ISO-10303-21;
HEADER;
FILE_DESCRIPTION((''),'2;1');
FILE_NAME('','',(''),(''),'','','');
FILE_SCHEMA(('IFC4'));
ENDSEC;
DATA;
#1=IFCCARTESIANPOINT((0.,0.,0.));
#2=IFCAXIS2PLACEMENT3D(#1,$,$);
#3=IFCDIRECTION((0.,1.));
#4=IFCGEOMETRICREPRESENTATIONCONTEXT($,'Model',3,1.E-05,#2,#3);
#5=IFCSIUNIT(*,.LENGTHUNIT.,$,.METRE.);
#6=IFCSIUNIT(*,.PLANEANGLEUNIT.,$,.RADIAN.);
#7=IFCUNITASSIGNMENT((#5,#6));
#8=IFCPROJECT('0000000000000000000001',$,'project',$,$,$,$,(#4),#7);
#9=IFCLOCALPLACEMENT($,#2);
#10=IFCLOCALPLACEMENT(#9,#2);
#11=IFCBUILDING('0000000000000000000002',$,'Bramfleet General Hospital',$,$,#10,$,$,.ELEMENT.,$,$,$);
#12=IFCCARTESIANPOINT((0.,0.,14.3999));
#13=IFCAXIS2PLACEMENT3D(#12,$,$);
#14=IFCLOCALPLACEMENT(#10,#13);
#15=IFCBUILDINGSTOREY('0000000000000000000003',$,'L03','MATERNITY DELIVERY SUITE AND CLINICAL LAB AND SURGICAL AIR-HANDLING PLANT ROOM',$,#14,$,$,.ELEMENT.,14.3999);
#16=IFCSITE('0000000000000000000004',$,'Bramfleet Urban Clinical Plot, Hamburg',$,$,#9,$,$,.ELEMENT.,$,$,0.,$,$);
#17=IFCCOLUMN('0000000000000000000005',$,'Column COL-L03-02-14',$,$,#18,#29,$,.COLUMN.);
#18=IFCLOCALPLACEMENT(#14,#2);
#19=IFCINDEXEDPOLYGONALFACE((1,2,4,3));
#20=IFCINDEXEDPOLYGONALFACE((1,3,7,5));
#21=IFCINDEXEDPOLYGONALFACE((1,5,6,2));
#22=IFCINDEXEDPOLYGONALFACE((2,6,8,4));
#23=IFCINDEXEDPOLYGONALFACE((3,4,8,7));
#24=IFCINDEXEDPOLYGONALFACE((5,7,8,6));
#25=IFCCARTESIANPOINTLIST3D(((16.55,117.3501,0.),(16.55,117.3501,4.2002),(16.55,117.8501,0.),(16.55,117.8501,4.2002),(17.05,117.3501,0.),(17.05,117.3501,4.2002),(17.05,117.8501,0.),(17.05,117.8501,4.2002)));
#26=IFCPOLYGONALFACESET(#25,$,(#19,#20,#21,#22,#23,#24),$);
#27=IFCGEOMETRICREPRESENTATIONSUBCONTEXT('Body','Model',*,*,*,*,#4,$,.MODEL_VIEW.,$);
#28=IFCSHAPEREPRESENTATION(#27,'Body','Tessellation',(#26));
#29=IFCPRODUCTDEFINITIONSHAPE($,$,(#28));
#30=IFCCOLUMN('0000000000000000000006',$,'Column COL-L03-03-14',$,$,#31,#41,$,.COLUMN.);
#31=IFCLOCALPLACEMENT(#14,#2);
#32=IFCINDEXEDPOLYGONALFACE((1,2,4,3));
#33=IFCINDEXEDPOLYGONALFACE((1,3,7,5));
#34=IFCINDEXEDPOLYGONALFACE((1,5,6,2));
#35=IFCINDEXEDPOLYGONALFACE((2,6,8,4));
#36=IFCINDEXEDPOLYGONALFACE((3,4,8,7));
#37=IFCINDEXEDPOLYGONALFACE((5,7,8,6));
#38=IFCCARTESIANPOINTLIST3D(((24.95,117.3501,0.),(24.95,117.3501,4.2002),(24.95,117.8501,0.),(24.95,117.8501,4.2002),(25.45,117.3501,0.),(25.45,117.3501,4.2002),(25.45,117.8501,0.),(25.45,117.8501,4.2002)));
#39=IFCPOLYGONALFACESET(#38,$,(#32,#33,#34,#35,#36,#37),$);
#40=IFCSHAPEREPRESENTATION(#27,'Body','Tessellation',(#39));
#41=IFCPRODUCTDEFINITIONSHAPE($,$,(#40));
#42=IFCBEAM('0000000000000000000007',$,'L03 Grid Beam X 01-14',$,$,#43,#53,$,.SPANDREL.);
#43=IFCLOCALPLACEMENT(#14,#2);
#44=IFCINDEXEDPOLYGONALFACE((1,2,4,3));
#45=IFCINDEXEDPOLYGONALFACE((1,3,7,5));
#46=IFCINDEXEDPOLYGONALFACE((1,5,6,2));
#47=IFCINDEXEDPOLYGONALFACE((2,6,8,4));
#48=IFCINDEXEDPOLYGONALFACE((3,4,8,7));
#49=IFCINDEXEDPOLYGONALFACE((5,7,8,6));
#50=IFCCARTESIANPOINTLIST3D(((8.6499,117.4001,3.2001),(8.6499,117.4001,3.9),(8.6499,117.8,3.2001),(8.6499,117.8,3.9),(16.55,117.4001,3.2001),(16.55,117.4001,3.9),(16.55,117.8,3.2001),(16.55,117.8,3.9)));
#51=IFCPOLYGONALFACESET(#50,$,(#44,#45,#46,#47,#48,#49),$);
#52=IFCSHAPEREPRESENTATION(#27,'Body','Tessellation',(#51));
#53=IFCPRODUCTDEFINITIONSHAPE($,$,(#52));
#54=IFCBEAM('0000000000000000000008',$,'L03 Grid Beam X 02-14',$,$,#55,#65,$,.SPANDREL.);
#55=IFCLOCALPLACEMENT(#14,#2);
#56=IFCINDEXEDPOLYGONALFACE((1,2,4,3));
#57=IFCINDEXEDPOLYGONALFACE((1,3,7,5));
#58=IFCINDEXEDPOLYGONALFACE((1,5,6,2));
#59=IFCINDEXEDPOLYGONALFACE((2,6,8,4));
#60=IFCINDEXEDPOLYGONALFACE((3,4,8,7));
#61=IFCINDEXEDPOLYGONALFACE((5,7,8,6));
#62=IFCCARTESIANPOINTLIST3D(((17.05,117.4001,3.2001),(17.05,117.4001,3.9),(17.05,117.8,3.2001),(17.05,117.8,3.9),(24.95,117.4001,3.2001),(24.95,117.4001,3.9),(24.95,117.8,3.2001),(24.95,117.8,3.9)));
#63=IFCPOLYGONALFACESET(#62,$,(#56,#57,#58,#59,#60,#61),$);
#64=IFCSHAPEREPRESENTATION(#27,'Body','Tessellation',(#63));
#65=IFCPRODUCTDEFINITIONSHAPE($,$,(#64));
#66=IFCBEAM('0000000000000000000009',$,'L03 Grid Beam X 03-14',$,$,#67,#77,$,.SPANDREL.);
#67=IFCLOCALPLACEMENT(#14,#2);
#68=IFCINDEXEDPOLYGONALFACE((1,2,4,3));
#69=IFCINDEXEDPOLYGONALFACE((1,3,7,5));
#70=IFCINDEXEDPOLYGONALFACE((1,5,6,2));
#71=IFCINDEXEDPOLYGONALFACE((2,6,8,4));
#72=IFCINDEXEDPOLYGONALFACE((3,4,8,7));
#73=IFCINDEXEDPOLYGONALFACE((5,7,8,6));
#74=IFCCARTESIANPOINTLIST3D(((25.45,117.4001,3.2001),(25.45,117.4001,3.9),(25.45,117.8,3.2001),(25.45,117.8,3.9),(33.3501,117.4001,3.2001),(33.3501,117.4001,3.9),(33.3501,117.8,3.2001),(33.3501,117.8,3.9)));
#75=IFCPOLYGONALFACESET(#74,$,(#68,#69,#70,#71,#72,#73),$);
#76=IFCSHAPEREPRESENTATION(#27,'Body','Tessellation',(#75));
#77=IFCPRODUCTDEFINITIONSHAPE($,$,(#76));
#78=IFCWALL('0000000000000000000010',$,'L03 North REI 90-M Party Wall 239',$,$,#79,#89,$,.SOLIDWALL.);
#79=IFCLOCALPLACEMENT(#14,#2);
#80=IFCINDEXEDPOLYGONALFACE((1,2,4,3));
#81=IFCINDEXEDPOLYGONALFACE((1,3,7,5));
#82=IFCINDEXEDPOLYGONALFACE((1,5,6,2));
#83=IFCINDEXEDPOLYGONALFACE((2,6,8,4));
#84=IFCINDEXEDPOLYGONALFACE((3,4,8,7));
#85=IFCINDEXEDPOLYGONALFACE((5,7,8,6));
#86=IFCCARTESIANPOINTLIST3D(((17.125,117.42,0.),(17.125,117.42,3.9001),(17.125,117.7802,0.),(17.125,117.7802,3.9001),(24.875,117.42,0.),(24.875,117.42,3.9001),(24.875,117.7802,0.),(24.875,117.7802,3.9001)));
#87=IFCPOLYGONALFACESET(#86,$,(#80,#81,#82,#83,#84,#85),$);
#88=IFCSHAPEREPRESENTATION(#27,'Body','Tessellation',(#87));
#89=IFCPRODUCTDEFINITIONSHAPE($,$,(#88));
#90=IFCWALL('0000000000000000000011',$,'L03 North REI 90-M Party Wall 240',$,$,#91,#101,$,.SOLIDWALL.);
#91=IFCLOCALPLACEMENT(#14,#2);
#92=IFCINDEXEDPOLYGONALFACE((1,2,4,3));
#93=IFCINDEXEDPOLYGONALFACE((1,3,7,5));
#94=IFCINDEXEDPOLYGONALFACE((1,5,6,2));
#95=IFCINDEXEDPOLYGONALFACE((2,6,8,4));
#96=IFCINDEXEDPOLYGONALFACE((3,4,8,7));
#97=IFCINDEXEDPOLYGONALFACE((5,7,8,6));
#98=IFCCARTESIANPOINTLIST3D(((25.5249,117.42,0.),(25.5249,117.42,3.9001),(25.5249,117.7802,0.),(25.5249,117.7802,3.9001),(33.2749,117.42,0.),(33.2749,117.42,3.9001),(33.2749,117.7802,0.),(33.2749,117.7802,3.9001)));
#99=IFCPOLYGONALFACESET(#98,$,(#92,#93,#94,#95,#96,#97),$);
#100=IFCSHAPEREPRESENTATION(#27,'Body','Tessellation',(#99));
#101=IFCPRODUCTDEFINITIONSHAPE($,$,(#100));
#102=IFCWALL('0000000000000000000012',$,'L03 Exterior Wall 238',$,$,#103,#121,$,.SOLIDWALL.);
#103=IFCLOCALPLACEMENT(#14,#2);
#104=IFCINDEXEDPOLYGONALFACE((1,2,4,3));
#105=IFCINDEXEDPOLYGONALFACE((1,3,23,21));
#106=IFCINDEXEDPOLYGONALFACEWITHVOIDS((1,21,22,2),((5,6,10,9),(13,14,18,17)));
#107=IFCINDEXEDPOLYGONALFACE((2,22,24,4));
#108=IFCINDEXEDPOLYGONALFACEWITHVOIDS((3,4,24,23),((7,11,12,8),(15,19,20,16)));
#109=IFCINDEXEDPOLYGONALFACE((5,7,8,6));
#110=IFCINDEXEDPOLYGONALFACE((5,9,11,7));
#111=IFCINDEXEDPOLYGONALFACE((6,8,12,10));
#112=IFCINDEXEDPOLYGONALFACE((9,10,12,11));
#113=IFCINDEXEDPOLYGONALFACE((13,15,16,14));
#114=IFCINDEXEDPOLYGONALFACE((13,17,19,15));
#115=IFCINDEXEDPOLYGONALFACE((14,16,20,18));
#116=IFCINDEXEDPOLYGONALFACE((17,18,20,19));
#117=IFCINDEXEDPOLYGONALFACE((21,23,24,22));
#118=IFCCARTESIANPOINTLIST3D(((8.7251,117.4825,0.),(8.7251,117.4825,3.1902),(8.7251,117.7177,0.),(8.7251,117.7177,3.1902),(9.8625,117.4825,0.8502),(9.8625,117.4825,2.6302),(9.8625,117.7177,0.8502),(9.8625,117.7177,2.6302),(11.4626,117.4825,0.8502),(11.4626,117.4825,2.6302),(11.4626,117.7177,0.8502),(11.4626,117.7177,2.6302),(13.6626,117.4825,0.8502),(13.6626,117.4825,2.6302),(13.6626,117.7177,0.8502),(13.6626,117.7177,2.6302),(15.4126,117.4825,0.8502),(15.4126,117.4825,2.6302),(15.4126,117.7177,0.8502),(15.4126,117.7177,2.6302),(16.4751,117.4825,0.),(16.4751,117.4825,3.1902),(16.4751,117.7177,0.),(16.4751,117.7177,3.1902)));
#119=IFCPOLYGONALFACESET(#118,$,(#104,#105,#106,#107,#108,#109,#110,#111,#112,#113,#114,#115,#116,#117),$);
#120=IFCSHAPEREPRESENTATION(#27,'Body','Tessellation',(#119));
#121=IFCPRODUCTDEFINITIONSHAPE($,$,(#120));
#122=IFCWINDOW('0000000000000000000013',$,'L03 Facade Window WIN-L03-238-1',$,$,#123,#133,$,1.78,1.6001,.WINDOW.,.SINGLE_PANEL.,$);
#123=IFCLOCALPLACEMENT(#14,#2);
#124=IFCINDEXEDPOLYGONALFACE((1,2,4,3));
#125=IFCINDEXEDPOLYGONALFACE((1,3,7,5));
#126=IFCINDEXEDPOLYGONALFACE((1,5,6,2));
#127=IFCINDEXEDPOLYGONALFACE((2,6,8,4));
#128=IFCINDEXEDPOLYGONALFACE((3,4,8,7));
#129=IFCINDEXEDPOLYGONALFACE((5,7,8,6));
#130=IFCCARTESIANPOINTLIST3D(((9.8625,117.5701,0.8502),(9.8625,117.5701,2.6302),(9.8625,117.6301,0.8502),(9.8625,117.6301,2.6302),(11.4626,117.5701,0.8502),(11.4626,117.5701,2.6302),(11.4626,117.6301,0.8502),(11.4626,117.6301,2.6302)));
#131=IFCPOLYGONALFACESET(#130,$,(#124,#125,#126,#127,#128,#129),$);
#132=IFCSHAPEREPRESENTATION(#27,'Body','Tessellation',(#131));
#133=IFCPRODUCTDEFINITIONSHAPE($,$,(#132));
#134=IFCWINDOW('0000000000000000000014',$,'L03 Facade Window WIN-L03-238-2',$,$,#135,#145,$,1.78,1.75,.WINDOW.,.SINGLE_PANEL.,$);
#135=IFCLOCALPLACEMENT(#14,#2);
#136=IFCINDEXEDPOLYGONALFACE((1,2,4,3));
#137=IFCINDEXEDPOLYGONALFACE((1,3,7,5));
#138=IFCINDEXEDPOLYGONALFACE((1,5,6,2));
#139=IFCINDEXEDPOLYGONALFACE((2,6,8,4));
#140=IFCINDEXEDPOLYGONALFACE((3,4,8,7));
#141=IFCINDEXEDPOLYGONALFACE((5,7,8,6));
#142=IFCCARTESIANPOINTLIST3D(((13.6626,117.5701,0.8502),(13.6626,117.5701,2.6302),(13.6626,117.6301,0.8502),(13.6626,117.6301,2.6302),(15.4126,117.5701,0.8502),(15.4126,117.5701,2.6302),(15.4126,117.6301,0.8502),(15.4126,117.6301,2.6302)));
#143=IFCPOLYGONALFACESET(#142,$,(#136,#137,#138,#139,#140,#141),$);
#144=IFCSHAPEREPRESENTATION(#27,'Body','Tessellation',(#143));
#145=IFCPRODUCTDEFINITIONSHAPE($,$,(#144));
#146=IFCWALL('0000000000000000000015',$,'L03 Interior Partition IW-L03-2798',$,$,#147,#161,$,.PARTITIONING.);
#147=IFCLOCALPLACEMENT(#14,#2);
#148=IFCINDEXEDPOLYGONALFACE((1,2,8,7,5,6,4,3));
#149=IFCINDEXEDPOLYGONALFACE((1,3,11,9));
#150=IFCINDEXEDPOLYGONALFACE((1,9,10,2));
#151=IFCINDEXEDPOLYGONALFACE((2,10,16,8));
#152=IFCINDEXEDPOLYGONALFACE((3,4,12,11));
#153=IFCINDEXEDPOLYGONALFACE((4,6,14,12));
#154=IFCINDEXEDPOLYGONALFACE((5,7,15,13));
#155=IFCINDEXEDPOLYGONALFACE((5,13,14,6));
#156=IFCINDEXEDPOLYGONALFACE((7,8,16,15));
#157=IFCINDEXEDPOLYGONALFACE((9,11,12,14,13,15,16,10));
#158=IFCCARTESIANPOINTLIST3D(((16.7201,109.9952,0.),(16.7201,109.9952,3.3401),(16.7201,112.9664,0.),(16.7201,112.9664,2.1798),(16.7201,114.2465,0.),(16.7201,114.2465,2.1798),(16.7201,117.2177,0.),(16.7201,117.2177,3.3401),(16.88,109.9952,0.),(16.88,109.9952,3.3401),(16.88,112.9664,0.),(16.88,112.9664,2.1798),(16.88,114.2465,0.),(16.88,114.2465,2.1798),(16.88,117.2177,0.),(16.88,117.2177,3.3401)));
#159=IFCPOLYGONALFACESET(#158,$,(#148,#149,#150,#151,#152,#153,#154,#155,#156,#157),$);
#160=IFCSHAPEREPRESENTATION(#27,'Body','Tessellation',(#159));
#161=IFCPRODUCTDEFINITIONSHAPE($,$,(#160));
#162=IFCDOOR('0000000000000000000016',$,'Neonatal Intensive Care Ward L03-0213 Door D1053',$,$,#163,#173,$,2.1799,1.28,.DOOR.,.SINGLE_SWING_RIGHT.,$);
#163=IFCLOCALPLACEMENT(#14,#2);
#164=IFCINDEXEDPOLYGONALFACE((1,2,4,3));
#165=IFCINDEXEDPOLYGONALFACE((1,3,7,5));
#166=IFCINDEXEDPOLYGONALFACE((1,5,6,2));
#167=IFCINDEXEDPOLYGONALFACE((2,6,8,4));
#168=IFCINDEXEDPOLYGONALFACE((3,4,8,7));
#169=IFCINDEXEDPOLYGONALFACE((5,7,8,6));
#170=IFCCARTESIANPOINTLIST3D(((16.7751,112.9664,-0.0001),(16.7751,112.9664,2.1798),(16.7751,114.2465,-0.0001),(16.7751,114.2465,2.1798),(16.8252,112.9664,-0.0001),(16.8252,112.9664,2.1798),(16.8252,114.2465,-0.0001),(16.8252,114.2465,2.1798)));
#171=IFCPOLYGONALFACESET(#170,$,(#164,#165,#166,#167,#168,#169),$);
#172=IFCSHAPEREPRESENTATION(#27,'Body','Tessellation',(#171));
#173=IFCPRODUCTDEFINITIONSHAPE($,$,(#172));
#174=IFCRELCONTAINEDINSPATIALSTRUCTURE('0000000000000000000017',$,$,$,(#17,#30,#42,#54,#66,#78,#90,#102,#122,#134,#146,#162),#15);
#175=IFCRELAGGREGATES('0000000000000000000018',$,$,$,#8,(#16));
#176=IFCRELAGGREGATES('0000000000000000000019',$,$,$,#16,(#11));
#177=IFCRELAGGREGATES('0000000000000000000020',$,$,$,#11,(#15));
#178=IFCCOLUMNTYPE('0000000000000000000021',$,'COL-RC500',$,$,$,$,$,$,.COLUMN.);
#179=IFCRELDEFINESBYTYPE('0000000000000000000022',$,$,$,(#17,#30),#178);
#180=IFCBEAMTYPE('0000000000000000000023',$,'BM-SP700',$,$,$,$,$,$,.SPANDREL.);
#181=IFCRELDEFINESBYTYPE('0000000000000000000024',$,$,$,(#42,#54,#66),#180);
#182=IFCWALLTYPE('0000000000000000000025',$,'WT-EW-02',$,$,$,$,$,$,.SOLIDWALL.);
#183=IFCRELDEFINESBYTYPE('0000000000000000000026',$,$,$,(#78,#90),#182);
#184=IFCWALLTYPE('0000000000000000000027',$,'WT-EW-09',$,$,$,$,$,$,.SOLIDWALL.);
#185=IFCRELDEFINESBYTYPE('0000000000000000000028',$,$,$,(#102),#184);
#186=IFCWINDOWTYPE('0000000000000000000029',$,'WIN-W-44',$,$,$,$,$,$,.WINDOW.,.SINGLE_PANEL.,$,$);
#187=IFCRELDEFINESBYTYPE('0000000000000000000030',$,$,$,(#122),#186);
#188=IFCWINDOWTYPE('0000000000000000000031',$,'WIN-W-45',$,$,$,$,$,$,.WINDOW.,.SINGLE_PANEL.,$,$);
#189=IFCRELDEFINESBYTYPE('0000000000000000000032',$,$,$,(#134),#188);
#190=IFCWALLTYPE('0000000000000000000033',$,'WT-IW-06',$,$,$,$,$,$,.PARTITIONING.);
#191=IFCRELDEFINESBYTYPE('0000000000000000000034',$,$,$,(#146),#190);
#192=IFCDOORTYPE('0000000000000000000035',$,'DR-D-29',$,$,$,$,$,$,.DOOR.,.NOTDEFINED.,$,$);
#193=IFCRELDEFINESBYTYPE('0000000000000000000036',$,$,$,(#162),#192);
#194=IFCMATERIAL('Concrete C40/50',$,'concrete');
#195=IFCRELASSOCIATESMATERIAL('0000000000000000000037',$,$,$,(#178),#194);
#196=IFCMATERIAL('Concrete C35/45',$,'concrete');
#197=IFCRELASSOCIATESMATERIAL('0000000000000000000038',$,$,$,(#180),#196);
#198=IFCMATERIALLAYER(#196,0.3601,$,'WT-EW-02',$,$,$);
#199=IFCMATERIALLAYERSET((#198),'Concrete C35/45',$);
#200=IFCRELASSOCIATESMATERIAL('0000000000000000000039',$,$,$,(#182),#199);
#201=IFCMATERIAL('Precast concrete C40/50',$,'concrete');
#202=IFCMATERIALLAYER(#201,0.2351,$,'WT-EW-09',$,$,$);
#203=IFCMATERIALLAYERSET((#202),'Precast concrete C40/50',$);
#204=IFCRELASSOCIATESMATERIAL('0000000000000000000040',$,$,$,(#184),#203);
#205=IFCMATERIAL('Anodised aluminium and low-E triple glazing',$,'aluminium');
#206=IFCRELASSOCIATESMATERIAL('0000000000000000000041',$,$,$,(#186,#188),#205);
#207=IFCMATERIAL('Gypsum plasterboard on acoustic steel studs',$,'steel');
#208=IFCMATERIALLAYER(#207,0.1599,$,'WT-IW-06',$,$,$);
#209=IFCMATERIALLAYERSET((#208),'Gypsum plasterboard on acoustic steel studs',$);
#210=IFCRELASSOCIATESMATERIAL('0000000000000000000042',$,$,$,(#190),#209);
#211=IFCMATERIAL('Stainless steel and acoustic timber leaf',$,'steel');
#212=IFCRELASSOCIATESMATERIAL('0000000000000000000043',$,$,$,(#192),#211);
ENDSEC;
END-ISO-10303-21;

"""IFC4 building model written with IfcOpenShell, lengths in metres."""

from ifc_helpers import new_model, si_unit, direction, frame, frame_2d, origin, origin_2d, place, context, subcontext, project, spatial, rectangle, extrude, material, layer, layer_set, material_profile, profile_set, type_object, element, fill, save


model = new_model("IFC4")

# Units and contexts
model_context = context("Model", 3, precision=1e-05, world=origin(), true_north=direction((0.0, 1.0)))
body_context = subcontext(model_context, "Body", "Model", "MODEL_VIEW")
ifc_project = project(units=[si_unit("LENGTHUNIT", "METRE"), si_unit("PLANEANGLEUNIT", "RADIAN")], contexts=[model_context])

# Site, building, storey
site_placement = place(None, origin())
site = spatial("IfcSite", under=ifc_project, at=site_placement, Name="Bramfleet Urban Clinical Plot, Hamburg", CompositionType="ELEMENT", RefElevation=0.0)
building_placement = place(site_placement, origin())
building = spatial("IfcBuilding", under=site, at=building_placement, Name="Bramfleet General Hospital", CompositionType="ELEMENT")
storey_placement = place(building_placement, frame((0.0, 0.0, 14.3999)))
storey = spatial("IfcBuildingStorey", under=building, at=storey_placement, Name="L03", Description="MATERNITY DELIVERY SUITE AND CLINICAL LAB AND SURGICAL AIR-HANDLING PLANT ROOM", CompositionType="ELEMENT", Elevation=14.3999)

# Columns
ifc_material_1 = material(Name="Concrete C40/50", Category="concrete")
ifc_material_profile_1 = material_profile(ifc_material_1, rectangle(XDim=0.5, YDim=0.5, at=origin_2d()), Name="RC COL 500x500")
ifc_profile_set_1 = profile_set([ifc_material_profile_1], Name="Concrete C40/50")
column_type = type_object("IfcColumnType", Name="COL-RC500", PredefinedType="COLUMN", material=ifc_profile_set_1)
for number, where, z_axis, x_axis, name in (
    (1, (16.8, 117.6001, 0.0), (0.0, 0.0, 1.0), (1.0, 0.0, 0.0), "Column COL-L03-02-14"),
    (2, (25.2, 117.6001, 0.0), (0.0, 0.0, 1.0), (1.0, 0.0, 0.0), "Column COL-L03-03-14"),
):
    element("IfcColumn", number, at=place(storey_placement, frame(where, z_axis=z_axis, x_axis=x_axis)), inside=storey, type_object=column_type, Name=name, PredefinedType="COLUMN", context=body_context, shape_type="SweptSolid", body=[
        extrude(rectangle(XDim=0.5, YDim=0.5, at=origin_2d()), origin(), (0.0, 0.0, 1.0), 4.2002),
    ])

# Beams
ifc_material_2 = material(Name="Concrete C35/45", Category="concrete")
ifc_material_profile_2 = material_profile(ifc_material_2, rectangle(XDim=0.3999, YDim=0.7, at=origin_2d()), Name="RC SP 700x400")
ifc_profile_set_2 = profile_set([ifc_material_profile_2], Name="Concrete C35/45")
beam_type = type_object("IfcBeamType", Name="BM-SP700", PredefinedType="SPANDREL", material=ifc_profile_set_2)
beam_1_placement = place(storey_placement, frame((8.6499, 117.6001, 3.55), z_axis=(1.0, 0.0, 0.0), x_axis=(0.0, 1.0, 0.0)))
element("IfcBeam", 3, at=beam_1_placement, inside=storey, type_object=beam_type, Name="L03 Grid Beam X 01-14", PredefinedType="SPANDREL", context=body_context, shape_type="SweptSolid", body=[
    extrude(rectangle(XDim=0.3999, YDim=0.7, at=origin_2d()), origin(), (0.0, 0.0, 1.0), 7.9001),
])
beam_2_placement = place(storey_placement, frame((17.05, 117.6001, 3.55), z_axis=(1.0, 0.0, 0.0), x_axis=(0.0, 1.0, 0.0)))
element("IfcBeam", 4, at=beam_2_placement, inside=storey, type_object=beam_type, Name="L03 Grid Beam X 02-14", PredefinedType="SPANDREL", context=body_context, shape_type="SweptSolid", body=[
    extrude(rectangle(XDim=0.3999, YDim=0.7, at=origin_2d()), origin(), (0.0, 0.0, 1.0), 7.8999),
])
beam_3_placement = place(storey_placement, frame((25.45, 117.6001, 3.55), z_axis=(1.0, 0.0, 0.0), x_axis=(0.0, 1.0, 0.0)))
element("IfcBeam", 5, at=beam_3_placement, inside=storey, type_object=beam_type, Name="L03 Grid Beam X 03-14", PredefinedType="SPANDREL", context=body_context, shape_type="SweptSolid", body=[
    extrude(rectangle(XDim=0.3999, YDim=0.7, at=origin_2d()), origin(), (0.0, 0.0, 1.0), 7.9001),
])

# Walls
ifc_layer_1 = layer(ifc_material_2, 0.3601, Name="WT-EW-02")
ifc_layer_set_1 = layer_set([ifc_layer_1], Name="Concrete C35/45")
wall_type_1 = type_object("IfcWallType", Name="WT-EW-02", PredefinedType="SOLIDWALL", material=ifc_layer_set_1)
for number, where, z_axis, x_axis, name in (
    (6, (17.125, 117.6001, 0.0), (0.0, 0.0, 1.0), (1.0, 0.0, 0.0), "L03 North REI 90-M Party Wall 239"),
    (7, (25.5249, 117.6001, 0.0), (0.0, 0.0, 1.0), (1.0, 0.0, 0.0), "L03 North REI 90-M Party Wall 240"),
):
    element("IfcWall", number, at=place(storey_placement, frame(where, z_axis=z_axis, x_axis=x_axis)), inside=storey, type_object=wall_type_1, Name=name, PredefinedType="SOLIDWALL", context=body_context, shape_type="SweptSolid", body=[
        extrude(rectangle(XDim=7.75, YDim=0.3601, at=frame_2d((3.875, 0.0))), origin(), (0.0, 0.0, 1.0), 3.9001),
    ])

# Wall, openings, windows
ifc_material_3 = material(Name="Precast concrete C40/50", Category="concrete")
ifc_layer_2 = layer(ifc_material_3, 0.2351, Name="WT-EW-09")
ifc_layer_set_2 = layer_set([ifc_layer_2], Name="Precast concrete C40/50")
wall_type_2 = type_object("IfcWallType", Name="WT-EW-09", PredefinedType="SOLIDWALL", material=ifc_layer_set_2)
wall_1_placement = place(storey_placement, frame((8.7251, 117.6001, 0.0), z_axis=(0.0, 0.0, 1.0), x_axis=(1.0, 0.0, 0.0)))
wall_1 = element("IfcWall", 8, at=wall_1_placement, inside=storey, type_object=wall_type_2, Name="L03 Exterior Wall 238", PredefinedType="SOLIDWALL", context=body_context, shape_type="SweptSolid", body=[
    extrude(rectangle(XDim=7.75, YDim=0.2351, at=frame_2d((3.875, 0.0))), origin(), (0.0, 0.0, 1.0), 3.1902),
])
opening_1_placement = place(wall_1_placement, frame((1.1375, 0.0, 0.8501)))
opening_1 = element("IfcOpeningElement", 9, at=opening_1_placement, cuts=wall_1, PredefinedType="OPENING", context=body_context, shape_type="SweptSolid", body=[
    extrude(rectangle(XDim=1.6001, YDim=1.78, at=frame_2d((0.8, 0.8901))), frame((0.0, 0.1274, 0.0), z_axis=(0.0, -1.0, 0.0), x_axis=(1.0, 0.0, 0.0)), (0.0, 0.0, 1.0), 0.2551),
])
opening_2_placement = place(wall_1_placement, frame((4.9375, 0.0, 0.8501)))
opening_2 = element("IfcOpeningElement", 10, at=opening_2_placement, cuts=wall_1, PredefinedType="OPENING", context=body_context, shape_type="SweptSolid", body=[
    extrude(rectangle(XDim=1.75, YDim=1.78, at=frame_2d((0.875, 0.8901))), frame((0.0, 0.1274, 0.0), z_axis=(0.0, -1.0, 0.0), x_axis=(1.0, 0.0, 0.0)), (0.0, 0.0, 1.0), 0.2551),
])
ifc_material_4 = material(Name="Anodised aluminium and low-E triple glazing", Category="aluminium")
window_type_1 = type_object("IfcWindowType", Name="WIN-W-44", PartitioningType="SINGLE_PANEL", PredefinedType="WINDOW", material=ifc_material_4)
window_1_placement = place(opening_1_placement, origin())
window_1 = element("IfcWindow", 11, at=window_1_placement, inside=storey, type_object=window_type_1, Name="L03 Facade Window WIN-L03-238-1", OverallHeight=1.78, OverallWidth=1.6001, PartitioningType="SINGLE_PANEL", PredefinedType="WINDOW", context=body_context, shape_type="SweptSolid", body=[
    extrude(rectangle(XDim=1.6001, YDim=1.78, at=frame_2d((0.8, 0.8901))), frame((0.0, 0.03, 0.0), z_axis=(0.0, -1.0, 0.0), x_axis=(1.0, 0.0, 0.0)), (0.0, 0.0, 1.0), 0.0601),
])
fill(opening_1, window_1)
window_type_2 = type_object("IfcWindowType", Name="WIN-W-45", PartitioningType="SINGLE_PANEL", PredefinedType="WINDOW", material=ifc_material_4)
window_2_placement = place(opening_2_placement, origin())
window_2 = element("IfcWindow", 12, at=window_2_placement, inside=storey, type_object=window_type_2, Name="L03 Facade Window WIN-L03-238-2", OverallHeight=1.78, OverallWidth=1.75, PartitioningType="SINGLE_PANEL", PredefinedType="WINDOW", context=body_context, shape_type="SweptSolid", body=[
    extrude(rectangle(XDim=1.75, YDim=1.78, at=frame_2d((0.875, 0.8901))), frame((0.0, 0.03, 0.0), z_axis=(0.0, -1.0, 0.0), x_axis=(1.0, 0.0, 0.0)), (0.0, 0.0, 1.0), 0.0601),
])
fill(opening_2, window_2)

# Wall, opening, door
ifc_material_5 = material(Name="Gypsum plasterboard on acoustic steel studs", Category="steel")
ifc_layer_3 = layer(ifc_material_5, 0.1599, Name="WT-IW-06")
ifc_layer_set_3 = layer_set([ifc_layer_3], Name="Gypsum plasterboard on acoustic steel studs")
wall_type_3 = type_object("IfcWallType", Name="WT-IW-06", PredefinedType="PARTITIONING", material=ifc_layer_set_3)
wall_2_placement = place(storey_placement, frame((16.8, 109.9951, 0.0), z_axis=(0.0, 0.0, 1.0), x_axis=(0.0, 1.0, 0.0)))
wall_2 = element("IfcWall", 13, at=wall_2_placement, inside=storey, type_object=wall_type_3, Name="L03 Interior Partition IW-L03-2798", PredefinedType="PARTITIONING", context=body_context, shape_type="SweptSolid", body=[
    extrude(rectangle(XDim=7.2224, YDim=0.1599, at=frame_2d((3.6113, 0.0))), origin(), (0.0, 0.0, 1.0), 3.3401),
])
opening_3_placement = place(wall_2_placement, frame((2.9712, 0.0, 0.0)))
opening_3 = element("IfcOpeningElement", 14, at=opening_3_placement, cuts=wall_2, PredefinedType="OPENING", context=body_context, shape_type="SweptSolid", body=[
    extrude(rectangle(XDim=1.28, YDim=2.1799, at=frame_2d((0.6401, 1.0898))), frame((0.0, 0.0898, 0.0), z_axis=(0.0, -1.0, 0.0), x_axis=(1.0, 0.0, 0.0)), (0.0, 0.0, 1.0), 0.1799),
])
ifc_material_6 = material(Name="Stainless steel and acoustic timber leaf", Category="steel")
door_type_1 = type_object("IfcDoorType", Name="DR-D-29", OperationType="NOTDEFINED", PredefinedType="DOOR", material=ifc_material_6)
door_1_placement = place(opening_3_placement, origin())
door_1 = element("IfcDoor", 15, at=door_1_placement, inside=storey, type_object=door_type_1, Name="Neonatal Intensive Care Ward L03-0213 Door D1053", OperationType="SINGLE_SWING_RIGHT", OverallHeight=2.1799, OverallWidth=1.28, PredefinedType="DOOR", context=body_context, shape_type="SweptSolid", body=[
    extrude(rectangle(XDim=1.28, YDim=2.1799, at=frame_2d((0.6401, 1.0898))), frame((0.0, 0.0249, 0.0), z_axis=(0.0, -1.0, 0.0), x_axis=(1.0, 0.0, 0.0)), (0.0, 0.0, 1.0), 0.05),
])
fill(opening_3, door_1)

save(model, "model.ifc")
